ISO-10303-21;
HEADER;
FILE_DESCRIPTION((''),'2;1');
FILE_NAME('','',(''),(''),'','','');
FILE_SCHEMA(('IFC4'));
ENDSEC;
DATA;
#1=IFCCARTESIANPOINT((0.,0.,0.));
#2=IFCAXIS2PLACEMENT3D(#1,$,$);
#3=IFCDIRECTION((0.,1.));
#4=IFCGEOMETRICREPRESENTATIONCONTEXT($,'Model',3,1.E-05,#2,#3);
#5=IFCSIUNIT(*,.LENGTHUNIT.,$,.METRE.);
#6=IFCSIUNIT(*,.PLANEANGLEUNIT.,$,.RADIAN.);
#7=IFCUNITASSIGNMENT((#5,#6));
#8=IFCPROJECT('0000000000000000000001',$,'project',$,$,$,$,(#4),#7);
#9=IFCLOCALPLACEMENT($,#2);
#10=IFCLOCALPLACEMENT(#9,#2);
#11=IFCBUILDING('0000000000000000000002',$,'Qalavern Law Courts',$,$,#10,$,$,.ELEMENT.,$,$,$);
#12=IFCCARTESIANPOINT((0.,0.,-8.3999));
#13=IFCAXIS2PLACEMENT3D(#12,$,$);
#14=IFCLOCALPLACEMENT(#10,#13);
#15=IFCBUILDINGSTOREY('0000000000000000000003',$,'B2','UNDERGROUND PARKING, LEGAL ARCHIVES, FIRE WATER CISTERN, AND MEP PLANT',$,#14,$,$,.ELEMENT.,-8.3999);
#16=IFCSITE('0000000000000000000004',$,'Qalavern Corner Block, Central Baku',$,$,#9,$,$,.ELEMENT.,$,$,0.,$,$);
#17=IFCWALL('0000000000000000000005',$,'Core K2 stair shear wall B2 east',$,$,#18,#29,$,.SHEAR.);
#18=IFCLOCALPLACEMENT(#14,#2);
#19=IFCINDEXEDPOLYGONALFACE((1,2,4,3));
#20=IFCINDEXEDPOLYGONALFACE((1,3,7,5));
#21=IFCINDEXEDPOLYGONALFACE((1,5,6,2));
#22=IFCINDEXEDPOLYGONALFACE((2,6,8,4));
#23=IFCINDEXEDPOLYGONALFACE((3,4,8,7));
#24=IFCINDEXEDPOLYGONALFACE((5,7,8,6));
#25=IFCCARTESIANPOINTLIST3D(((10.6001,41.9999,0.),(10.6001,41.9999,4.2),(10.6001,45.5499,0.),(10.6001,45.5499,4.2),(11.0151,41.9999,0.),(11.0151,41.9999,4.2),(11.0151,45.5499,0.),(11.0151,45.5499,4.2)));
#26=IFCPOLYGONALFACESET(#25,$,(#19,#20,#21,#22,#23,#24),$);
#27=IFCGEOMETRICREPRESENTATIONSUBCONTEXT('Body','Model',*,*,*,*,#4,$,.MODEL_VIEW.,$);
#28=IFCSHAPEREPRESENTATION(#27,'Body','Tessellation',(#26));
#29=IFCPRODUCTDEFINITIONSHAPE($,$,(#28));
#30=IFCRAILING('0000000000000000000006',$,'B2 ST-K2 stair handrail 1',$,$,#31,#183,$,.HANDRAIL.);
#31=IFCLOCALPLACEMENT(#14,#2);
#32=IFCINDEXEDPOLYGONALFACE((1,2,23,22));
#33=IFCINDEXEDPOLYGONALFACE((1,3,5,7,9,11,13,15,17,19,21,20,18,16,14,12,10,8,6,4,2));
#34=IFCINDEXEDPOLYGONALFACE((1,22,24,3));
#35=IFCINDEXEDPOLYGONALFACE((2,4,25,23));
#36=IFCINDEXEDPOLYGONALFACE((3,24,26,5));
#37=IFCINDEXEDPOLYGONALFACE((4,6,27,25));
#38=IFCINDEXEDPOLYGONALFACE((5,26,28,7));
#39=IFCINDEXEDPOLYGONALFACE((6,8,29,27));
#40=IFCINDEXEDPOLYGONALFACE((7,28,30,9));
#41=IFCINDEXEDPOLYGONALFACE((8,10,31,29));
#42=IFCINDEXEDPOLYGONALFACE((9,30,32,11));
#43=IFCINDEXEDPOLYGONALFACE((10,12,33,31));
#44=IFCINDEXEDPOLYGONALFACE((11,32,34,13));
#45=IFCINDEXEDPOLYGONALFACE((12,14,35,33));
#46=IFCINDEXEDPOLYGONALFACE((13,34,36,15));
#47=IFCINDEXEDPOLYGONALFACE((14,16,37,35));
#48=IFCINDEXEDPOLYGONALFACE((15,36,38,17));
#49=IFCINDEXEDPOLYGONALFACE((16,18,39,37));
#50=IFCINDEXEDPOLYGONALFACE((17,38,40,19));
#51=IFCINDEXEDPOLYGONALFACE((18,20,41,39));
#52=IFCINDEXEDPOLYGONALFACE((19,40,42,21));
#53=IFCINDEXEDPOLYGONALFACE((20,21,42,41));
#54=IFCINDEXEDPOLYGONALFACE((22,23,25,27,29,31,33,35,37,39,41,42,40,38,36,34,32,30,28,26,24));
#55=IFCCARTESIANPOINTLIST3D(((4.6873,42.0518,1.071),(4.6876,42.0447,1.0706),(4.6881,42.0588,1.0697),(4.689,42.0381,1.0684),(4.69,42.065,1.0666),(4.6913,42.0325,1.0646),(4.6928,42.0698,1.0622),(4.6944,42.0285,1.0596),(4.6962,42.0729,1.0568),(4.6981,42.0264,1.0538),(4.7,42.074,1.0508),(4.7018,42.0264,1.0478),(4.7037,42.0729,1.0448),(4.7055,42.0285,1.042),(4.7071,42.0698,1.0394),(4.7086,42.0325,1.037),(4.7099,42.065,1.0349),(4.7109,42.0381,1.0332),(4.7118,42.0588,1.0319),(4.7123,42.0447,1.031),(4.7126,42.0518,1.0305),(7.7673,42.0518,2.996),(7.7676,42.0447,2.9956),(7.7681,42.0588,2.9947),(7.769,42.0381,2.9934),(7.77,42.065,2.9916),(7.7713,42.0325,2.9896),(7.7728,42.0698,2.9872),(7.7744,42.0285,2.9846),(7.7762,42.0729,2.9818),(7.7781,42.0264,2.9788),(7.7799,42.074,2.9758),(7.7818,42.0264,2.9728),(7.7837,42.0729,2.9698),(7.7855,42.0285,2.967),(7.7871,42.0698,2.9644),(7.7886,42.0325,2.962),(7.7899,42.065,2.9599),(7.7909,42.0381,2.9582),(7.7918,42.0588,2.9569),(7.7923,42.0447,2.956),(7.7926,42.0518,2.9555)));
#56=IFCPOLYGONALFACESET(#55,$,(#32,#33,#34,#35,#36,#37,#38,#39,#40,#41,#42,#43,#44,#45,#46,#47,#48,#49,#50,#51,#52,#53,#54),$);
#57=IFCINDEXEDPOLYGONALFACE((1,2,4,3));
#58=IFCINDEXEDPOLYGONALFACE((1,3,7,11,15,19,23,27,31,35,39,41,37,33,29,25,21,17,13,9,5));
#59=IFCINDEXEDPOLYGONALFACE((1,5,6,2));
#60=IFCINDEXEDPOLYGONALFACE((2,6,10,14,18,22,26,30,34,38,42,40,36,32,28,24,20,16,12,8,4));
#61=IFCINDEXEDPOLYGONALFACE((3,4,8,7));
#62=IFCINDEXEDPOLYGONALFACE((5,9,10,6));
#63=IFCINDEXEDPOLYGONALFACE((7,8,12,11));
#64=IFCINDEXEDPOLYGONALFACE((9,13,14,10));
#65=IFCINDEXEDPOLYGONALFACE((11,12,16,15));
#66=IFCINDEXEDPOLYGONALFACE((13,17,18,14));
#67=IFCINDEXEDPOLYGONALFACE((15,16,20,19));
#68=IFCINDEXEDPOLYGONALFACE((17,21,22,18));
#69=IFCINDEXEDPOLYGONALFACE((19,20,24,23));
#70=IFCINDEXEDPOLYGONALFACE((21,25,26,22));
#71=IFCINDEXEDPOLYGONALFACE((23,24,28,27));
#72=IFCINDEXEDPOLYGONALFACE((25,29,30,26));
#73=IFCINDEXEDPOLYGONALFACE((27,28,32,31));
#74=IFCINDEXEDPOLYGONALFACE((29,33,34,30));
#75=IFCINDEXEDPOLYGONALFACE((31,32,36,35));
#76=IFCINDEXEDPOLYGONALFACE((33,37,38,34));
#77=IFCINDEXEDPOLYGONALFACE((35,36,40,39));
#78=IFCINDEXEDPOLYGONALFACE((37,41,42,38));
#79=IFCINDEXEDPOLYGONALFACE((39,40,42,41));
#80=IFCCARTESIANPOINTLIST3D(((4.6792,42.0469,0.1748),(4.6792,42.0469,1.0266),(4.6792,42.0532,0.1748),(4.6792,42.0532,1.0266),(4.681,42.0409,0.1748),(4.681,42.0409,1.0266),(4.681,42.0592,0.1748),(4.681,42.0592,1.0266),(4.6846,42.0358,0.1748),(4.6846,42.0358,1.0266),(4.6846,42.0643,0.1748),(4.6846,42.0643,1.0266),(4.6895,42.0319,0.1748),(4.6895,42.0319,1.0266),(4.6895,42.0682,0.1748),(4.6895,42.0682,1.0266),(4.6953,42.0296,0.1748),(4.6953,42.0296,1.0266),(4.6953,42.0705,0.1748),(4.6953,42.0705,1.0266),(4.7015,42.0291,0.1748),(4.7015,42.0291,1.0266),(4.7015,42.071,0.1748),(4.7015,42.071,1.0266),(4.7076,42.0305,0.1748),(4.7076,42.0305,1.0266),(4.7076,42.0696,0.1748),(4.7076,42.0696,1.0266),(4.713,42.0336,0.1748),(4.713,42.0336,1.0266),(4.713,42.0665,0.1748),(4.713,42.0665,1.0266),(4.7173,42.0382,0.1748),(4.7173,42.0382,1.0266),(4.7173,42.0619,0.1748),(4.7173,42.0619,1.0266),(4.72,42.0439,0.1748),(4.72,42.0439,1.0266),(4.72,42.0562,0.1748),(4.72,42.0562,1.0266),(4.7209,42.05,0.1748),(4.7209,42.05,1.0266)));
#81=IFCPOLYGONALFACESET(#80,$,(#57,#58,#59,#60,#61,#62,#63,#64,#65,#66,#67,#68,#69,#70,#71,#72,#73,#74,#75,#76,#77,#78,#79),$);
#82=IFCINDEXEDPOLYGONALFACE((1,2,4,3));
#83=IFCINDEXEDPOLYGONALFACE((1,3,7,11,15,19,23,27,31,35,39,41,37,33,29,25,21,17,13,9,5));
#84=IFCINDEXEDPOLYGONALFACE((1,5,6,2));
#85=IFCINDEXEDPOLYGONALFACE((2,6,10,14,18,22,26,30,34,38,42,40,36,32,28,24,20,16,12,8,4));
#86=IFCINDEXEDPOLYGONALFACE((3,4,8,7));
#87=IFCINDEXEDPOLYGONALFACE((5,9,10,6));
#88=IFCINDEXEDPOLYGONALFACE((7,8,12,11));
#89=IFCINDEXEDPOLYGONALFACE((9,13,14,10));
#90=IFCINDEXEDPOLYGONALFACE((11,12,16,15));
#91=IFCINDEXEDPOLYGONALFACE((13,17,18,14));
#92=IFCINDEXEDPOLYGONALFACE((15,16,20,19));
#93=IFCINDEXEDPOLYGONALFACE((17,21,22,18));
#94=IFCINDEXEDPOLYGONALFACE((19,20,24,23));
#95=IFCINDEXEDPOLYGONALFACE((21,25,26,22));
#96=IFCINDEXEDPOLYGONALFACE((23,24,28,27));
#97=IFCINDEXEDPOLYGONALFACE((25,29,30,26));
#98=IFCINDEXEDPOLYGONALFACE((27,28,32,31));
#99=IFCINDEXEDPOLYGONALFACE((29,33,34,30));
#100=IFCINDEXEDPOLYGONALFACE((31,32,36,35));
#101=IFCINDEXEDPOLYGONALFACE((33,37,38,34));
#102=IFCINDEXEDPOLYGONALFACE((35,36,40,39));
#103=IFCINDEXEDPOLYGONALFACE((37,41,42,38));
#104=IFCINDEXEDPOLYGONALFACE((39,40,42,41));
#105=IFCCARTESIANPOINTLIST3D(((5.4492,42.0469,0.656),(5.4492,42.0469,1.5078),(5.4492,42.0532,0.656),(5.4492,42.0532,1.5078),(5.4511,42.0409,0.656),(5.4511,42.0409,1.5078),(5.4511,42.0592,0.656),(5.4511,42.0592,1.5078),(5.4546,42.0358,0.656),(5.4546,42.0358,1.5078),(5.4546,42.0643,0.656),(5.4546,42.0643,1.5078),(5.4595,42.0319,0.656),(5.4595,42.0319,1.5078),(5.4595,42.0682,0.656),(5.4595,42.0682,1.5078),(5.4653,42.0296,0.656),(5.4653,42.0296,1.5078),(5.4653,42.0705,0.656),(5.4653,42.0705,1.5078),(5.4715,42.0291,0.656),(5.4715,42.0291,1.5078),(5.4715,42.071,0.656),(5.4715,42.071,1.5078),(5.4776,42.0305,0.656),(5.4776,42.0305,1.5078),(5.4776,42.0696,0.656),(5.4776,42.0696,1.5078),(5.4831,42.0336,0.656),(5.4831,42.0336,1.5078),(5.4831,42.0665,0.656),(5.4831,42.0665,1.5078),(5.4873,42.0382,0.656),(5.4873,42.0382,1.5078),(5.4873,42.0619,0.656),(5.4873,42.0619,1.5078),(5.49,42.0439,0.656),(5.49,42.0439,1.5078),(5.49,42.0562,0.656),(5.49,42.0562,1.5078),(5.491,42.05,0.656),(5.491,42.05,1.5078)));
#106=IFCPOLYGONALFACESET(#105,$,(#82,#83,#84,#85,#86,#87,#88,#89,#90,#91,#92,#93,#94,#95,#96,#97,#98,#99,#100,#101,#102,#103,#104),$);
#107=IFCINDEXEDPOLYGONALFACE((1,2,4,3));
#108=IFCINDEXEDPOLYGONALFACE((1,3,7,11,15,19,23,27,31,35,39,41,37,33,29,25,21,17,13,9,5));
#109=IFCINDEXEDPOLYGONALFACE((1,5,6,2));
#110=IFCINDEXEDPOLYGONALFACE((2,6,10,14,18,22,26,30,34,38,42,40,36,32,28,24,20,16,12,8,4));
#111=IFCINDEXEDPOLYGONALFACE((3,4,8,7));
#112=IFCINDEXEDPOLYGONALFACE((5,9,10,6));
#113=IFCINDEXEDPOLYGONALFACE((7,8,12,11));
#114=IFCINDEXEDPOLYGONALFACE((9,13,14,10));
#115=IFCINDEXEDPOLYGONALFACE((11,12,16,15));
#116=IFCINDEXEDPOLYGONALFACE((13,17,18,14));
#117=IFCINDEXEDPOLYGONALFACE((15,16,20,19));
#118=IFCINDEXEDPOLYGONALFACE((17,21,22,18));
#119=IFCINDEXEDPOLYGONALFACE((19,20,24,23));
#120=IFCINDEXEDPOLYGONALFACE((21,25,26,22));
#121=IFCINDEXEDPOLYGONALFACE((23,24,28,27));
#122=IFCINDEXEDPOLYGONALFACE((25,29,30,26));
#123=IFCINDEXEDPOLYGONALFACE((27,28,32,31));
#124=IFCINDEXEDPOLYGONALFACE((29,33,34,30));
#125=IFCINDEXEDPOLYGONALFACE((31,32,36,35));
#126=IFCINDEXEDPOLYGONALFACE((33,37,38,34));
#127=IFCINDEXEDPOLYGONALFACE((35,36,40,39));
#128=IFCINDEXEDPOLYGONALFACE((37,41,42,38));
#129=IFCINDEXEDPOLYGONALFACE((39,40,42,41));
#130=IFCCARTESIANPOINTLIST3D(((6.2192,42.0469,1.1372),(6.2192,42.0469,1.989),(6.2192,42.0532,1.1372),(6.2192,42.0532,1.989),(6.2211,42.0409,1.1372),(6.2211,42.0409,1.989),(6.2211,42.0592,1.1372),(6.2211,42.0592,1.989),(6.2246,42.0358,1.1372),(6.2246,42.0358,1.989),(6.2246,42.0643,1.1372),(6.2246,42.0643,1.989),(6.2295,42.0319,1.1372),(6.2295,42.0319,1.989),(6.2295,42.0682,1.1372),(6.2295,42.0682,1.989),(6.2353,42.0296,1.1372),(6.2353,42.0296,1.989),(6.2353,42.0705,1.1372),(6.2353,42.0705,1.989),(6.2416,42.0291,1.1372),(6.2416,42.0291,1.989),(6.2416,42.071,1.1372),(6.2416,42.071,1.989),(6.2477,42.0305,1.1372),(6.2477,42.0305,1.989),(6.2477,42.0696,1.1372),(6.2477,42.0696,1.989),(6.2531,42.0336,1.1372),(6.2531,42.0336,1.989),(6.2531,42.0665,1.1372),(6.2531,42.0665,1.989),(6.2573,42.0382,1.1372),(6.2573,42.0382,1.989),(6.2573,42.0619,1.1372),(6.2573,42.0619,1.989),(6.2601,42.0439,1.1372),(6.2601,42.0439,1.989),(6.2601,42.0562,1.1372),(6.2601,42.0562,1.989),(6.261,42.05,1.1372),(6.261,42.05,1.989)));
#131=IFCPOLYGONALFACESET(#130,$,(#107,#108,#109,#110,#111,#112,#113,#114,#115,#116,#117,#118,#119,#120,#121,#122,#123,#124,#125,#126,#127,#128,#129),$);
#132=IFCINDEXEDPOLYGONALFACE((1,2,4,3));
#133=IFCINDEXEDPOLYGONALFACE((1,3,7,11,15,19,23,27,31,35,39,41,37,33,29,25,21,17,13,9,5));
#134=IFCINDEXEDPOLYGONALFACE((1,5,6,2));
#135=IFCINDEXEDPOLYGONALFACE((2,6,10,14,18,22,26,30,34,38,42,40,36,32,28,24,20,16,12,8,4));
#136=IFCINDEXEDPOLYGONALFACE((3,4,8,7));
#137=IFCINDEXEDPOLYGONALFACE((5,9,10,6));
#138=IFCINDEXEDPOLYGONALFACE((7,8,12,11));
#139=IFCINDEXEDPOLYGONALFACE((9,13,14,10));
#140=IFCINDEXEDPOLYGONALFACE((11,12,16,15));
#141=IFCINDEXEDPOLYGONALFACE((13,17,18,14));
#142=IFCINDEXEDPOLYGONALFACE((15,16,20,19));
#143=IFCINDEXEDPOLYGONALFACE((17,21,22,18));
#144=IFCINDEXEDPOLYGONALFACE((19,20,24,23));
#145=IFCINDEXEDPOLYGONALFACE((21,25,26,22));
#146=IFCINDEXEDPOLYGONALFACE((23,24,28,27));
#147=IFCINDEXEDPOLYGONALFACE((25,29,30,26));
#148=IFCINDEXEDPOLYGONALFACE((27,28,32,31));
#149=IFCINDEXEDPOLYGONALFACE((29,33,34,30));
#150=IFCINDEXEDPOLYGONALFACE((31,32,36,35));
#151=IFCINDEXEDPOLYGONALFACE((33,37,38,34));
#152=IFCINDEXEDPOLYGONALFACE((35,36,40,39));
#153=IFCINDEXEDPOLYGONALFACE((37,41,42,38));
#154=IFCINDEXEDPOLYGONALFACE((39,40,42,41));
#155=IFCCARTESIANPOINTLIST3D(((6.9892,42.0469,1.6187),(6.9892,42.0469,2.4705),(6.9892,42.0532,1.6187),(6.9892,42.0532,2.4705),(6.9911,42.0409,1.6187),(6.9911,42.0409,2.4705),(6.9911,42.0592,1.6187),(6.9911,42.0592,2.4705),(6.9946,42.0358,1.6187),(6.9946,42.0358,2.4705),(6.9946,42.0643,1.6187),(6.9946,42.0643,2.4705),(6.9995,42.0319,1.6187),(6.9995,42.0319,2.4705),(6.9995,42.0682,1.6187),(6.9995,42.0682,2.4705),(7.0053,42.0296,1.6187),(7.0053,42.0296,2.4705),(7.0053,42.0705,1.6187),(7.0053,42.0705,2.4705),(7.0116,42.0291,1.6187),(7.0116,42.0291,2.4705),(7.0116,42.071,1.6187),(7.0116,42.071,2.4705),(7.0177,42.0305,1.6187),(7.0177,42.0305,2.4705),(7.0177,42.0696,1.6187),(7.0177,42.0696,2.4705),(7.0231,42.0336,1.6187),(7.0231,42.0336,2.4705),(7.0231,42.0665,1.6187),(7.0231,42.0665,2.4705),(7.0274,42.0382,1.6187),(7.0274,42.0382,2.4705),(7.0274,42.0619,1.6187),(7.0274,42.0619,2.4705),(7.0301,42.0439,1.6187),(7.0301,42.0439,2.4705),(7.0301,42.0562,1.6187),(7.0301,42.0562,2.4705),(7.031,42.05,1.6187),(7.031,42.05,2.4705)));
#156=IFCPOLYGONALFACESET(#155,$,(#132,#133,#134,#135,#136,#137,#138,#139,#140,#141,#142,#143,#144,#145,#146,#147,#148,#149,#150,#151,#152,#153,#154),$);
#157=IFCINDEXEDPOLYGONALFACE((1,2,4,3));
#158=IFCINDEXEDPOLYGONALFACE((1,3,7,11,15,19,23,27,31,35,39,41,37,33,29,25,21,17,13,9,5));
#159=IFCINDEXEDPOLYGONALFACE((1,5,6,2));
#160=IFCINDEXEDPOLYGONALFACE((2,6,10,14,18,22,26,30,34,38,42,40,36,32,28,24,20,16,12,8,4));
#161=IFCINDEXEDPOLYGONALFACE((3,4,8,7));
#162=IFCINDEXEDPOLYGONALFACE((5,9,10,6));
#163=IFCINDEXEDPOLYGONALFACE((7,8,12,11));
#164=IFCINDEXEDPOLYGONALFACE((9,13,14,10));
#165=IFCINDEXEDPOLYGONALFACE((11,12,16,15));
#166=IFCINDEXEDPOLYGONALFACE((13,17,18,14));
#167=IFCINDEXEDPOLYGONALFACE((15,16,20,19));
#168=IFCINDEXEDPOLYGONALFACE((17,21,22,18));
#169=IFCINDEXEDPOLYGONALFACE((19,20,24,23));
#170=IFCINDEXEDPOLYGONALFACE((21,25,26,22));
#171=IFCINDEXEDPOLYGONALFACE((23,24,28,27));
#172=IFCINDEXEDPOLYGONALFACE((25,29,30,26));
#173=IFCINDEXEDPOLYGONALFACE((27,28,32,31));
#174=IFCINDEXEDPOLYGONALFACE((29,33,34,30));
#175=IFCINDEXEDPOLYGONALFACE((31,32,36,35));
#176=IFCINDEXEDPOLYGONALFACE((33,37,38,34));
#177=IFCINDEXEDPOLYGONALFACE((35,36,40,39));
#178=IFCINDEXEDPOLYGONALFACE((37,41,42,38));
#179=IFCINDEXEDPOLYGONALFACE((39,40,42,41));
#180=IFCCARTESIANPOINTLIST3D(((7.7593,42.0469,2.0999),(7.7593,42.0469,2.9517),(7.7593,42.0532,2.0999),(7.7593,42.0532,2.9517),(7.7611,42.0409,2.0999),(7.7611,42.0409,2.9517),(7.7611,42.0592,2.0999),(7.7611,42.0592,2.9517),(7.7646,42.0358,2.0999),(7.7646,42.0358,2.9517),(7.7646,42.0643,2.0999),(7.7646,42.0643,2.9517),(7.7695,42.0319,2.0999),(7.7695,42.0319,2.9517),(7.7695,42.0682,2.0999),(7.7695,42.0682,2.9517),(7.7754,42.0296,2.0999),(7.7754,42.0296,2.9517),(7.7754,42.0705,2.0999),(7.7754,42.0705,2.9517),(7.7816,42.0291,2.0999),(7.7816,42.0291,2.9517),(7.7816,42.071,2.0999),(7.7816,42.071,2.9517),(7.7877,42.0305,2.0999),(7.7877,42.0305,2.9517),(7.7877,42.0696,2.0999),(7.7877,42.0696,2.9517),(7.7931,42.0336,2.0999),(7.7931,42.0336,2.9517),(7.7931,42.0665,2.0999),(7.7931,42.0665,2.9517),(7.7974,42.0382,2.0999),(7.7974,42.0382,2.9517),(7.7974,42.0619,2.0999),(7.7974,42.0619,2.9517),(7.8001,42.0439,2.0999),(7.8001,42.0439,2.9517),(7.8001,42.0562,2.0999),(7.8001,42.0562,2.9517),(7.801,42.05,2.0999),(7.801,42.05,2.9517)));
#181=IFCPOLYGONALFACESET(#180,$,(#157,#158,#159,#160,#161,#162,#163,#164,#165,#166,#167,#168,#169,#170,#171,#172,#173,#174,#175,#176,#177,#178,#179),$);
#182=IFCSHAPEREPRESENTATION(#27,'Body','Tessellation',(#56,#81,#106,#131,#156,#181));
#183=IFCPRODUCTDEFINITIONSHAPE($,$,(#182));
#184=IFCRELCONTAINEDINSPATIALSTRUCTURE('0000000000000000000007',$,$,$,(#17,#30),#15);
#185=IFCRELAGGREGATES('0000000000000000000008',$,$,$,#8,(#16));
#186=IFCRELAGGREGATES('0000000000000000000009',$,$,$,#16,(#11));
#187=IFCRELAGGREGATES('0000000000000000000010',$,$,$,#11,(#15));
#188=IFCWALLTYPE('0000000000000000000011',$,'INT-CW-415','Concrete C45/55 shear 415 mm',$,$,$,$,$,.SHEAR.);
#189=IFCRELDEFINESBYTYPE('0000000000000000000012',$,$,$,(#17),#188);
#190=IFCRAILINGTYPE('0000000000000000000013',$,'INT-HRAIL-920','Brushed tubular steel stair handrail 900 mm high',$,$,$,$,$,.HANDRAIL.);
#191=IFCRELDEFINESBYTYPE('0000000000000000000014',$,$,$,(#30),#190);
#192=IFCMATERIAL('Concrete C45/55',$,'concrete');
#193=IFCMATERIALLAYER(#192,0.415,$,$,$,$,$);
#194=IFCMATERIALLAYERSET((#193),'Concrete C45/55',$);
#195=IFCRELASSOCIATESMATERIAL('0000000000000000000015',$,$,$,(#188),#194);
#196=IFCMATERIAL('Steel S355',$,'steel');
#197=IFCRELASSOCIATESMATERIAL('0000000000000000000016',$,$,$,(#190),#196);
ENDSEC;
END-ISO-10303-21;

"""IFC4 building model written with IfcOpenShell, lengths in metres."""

from ifc_helpers import new_model, si_unit, direction, frame, frame_2d, origin, origin_2d, place, context, subcontext, project, spatial, rectangle, circle, extrude, material, layer, layer_set, type_object, element, save


model = new_model("IFC4")

# Units and contexts
model_context = context("Model", 3, precision=1e-05, world=origin(), true_north=direction((0.0, 1.0)))
body_context = subcontext(model_context, "Body", "Model", "MODEL_VIEW")
ifc_project = project(units=[si_unit("LENGTHUNIT", "METRE"), si_unit("PLANEANGLEUNIT", "RADIAN")], contexts=[model_context])

# Site, building, storey
site_placement = place(None, origin())
site = spatial("IfcSite", under=ifc_project, at=site_placement, Name="Qalavern Corner Block, Central Baku", CompositionType="ELEMENT", RefElevation=0.0)
building_placement = place(site_placement, origin())
building = spatial("IfcBuilding", under=site, at=building_placement, Name="Qalavern Law Courts", CompositionType="ELEMENT")
storey_placement = place(building_placement, frame((0.0, 0.0, -8.3999)))
storey = spatial("IfcBuildingStorey", under=building, at=storey_placement, Name="B2", Description="UNDERGROUND PARKING, LEGAL ARCHIVES, FIRE WATER CISTERN, AND MEP PLANT", CompositionType="ELEMENT", Elevation=-8.3999)

# Shared definitions
ifc_material_1 = material(Name="Steel S355", Category="steel")
ifc_material_2 = material(Name="Concrete C45/55", Category="concrete")

# Wall
ifc_layer_1 = layer(ifc_material_2, 0.415)
ifc_layer_set_1 = layer_set([ifc_layer_1], Name="Concrete C45/55")
wall_type_1 = type_object("IfcWallType", Name="INT-CW-415", Description="Concrete C45/55 shear 415 mm", PredefinedType="SHEAR", material=ifc_layer_set_1)
wall_1_placement = place(storey_placement, frame((10.8076, 42.0, 0.0), z_axis=(0.0, 0.0, 1.0), x_axis=(0.0, 1.0, 0.0)))
element("IfcWall", 1, at=wall_1_placement, inside=storey, type_object=wall_type_1, Name="Core K2 stair shear wall B2 east", PredefinedType="SHEAR", context=body_context, shape_type="SweptSolid", body=[
    extrude(rectangle(XDim=3.55, YDim=0.415, at=frame_2d((1.7749, 0.0))), origin(), (0.0, 0.0, 1.0), 4.2),
])

# Railing
railing_type = type_object("IfcRailingType", Name="INT-HRAIL-920", Description="Brushed tubular steel stair handrail 900 mm high", PredefinedType="HANDRAIL", material=ifc_material_1)
railing_placement = place(storey_placement, frame((4.7, 42.05, 0.1748)))
element("IfcRailing", 2, at=railing_placement, inside=storey, type_object=railing_type, Name="B2 ST-K2 stair handrail 1", PredefinedType="HANDRAIL", context=body_context, shape_type="SweptSolid", body=[
    extrude(circle(Radius=0.0239, at=origin_2d()), frame((0.0, 0.0, 0.876), z_axis=(0.847998, 0.0, 0.529999), x_axis=(0.0, 1.0, 0.0)), (0.0, 0.0, 1.0), 3.6321),
    extrude(circle(Radius=0.021, at=origin_2d()), origin(), (0.0, 0.0, 1.0), 0.8518),
    extrude(circle(Radius=0.021, at=origin_2d()), frame((0.77, 0.0, 0.4812)), (0.0, 0.0, 1.0), 0.8518),
    extrude(circle(Radius=0.021, at=origin_2d()), frame((1.54, 0.0, 0.9624)), (0.0, 0.0, 1.0), 0.8518),
    extrude(circle(Radius=0.021, at=origin_2d()), frame((2.3101, 0.0, 1.4438)), (0.0, 0.0, 1.0), 0.8518),
    extrude(circle(Radius=0.021, at=origin_2d()), frame((3.0801, 0.0, 1.925)), (0.0, 0.0, 1.0), 0.8518),
])

save(model, "model.ifc")
